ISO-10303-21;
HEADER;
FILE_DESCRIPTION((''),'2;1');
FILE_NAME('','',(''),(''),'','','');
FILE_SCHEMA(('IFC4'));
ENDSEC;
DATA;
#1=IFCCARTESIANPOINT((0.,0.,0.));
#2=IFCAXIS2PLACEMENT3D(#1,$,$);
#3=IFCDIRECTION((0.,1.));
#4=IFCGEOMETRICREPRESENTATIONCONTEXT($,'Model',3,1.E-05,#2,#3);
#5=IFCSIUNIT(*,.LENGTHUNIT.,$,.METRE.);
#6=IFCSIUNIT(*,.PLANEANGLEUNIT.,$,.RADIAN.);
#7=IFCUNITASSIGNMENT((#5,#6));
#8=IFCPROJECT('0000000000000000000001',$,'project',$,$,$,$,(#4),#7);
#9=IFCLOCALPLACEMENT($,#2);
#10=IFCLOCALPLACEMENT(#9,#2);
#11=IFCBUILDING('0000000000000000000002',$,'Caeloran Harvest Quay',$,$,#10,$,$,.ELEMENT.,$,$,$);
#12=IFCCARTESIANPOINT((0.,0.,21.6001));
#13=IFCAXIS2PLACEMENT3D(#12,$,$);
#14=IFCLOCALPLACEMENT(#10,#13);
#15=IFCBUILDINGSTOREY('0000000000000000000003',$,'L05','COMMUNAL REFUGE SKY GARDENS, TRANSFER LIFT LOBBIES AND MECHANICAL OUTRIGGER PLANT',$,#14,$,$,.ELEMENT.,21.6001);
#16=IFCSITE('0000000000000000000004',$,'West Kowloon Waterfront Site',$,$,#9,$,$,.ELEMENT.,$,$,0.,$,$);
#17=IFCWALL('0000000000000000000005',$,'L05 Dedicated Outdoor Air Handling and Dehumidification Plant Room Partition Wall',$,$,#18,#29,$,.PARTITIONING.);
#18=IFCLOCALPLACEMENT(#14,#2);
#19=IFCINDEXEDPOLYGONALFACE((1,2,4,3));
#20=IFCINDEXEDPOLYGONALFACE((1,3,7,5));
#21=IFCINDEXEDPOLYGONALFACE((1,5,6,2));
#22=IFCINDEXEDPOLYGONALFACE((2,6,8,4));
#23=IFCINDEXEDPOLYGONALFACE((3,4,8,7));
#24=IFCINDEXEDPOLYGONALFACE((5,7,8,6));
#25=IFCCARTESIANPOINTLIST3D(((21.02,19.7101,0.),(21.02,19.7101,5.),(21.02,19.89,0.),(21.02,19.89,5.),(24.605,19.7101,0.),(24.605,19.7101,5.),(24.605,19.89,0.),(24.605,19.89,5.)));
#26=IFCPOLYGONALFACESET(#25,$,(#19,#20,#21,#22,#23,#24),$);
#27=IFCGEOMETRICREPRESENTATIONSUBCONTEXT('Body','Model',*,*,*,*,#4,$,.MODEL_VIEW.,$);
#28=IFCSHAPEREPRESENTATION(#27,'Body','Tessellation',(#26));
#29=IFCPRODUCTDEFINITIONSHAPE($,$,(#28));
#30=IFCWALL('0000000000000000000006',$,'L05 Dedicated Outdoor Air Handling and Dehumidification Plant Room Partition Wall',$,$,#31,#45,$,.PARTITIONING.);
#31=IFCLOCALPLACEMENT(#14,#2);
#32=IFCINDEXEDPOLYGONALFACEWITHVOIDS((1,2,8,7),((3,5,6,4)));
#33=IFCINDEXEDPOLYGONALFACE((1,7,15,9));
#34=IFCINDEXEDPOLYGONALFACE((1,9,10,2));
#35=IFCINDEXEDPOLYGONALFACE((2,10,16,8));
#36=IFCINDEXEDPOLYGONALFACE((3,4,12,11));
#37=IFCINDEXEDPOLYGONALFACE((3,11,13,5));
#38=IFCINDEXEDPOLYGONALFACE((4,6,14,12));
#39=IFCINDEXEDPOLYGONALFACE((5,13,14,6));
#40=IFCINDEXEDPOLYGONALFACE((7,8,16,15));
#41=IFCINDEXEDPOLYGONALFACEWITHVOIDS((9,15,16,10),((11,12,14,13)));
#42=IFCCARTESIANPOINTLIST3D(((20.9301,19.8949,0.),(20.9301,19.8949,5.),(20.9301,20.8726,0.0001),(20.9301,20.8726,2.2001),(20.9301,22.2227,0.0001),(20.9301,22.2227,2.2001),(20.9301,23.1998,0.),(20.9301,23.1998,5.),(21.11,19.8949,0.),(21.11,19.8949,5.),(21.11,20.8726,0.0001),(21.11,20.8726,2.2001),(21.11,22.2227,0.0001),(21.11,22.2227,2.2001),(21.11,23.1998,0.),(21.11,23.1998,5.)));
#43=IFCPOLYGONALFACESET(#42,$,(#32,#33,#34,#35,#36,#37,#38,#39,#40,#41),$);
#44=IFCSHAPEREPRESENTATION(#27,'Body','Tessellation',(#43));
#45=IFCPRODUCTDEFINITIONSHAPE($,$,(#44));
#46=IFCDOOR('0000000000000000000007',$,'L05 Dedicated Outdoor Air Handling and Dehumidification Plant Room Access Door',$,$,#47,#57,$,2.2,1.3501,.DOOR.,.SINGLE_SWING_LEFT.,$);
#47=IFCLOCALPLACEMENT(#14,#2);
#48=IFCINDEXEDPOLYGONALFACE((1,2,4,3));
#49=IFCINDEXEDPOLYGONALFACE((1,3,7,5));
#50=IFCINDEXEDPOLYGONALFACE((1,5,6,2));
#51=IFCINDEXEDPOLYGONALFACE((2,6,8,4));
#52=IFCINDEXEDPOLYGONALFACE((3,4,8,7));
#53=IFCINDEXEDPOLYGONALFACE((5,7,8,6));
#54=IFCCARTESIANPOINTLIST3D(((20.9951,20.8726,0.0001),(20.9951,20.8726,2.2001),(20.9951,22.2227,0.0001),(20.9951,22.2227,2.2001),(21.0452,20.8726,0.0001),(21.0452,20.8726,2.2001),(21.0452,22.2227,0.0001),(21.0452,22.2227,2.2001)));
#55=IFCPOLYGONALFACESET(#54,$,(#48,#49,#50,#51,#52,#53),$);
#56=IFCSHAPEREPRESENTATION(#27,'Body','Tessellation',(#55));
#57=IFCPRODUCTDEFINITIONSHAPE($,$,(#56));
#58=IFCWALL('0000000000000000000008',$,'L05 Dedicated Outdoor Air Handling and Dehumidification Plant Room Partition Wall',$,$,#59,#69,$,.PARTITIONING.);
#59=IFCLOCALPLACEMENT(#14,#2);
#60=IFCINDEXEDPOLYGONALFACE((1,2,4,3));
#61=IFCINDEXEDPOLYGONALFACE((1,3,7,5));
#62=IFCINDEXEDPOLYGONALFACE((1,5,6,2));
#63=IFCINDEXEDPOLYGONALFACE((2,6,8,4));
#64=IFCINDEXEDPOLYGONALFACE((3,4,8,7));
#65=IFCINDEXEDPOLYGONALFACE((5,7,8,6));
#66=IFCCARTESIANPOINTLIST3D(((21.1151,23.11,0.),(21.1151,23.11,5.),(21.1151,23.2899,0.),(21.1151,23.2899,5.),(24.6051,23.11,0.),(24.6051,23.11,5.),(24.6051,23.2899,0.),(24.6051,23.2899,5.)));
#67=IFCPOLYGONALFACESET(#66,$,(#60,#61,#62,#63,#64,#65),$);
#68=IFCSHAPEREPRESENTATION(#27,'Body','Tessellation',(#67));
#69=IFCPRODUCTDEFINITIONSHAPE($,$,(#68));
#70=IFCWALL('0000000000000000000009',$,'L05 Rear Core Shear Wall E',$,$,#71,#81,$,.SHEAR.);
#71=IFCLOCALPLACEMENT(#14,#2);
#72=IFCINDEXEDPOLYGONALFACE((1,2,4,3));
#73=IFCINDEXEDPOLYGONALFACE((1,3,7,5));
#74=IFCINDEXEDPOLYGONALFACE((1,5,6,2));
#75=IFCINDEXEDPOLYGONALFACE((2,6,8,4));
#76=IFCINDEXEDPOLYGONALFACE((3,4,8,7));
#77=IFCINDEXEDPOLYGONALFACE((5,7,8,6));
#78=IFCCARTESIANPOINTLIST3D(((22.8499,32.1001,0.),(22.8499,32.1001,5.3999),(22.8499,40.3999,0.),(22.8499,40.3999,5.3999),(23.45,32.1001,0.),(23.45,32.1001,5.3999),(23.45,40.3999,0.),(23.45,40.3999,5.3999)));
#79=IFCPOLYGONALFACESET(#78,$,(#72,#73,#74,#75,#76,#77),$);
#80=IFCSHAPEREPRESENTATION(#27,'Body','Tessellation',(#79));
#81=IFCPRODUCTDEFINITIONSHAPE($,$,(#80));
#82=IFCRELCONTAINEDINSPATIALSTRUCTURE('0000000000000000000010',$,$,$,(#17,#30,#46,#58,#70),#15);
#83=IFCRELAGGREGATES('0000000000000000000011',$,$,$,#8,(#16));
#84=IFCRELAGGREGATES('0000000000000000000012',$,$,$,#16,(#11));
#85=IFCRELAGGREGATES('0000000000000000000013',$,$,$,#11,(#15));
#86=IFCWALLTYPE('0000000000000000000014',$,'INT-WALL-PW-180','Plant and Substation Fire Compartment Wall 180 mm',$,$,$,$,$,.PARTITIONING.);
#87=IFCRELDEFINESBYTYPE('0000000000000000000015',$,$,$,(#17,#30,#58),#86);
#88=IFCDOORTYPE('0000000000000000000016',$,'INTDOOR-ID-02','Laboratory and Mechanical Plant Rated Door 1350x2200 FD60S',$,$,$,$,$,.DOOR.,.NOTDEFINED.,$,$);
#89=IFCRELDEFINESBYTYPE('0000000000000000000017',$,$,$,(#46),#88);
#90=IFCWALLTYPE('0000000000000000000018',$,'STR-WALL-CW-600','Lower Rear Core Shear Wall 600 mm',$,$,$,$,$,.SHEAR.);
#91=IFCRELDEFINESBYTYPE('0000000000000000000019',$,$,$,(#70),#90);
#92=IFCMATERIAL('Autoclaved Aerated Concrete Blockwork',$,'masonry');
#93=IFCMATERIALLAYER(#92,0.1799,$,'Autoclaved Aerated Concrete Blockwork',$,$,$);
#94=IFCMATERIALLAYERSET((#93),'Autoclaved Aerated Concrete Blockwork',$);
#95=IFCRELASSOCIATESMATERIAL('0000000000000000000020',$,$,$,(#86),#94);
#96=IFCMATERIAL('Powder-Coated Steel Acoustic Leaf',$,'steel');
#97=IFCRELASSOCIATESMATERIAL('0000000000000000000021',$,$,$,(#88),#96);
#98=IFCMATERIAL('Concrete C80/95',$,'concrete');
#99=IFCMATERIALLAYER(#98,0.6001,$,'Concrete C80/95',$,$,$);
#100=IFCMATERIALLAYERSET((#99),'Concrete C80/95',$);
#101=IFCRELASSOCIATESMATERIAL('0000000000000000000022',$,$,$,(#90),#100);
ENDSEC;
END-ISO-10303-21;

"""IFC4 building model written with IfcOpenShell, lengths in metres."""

from ifc_helpers import new_model, si_unit, direction, frame, frame_2d, origin, place, context, subcontext, project, spatial, rectangle, extrude, material, layer, layer_set, type_object, element, fill, save


model = new_model("IFC4")

# Units and contexts
model_context = context("Model", 3, precision=1e-05, world=origin(), true_north=direction((0.0, 1.0)))
body_context = subcontext(model_context, "Body", "Model", "MODEL_VIEW")
ifc_project = project(units=[si_unit("LENGTHUNIT", "METRE"), si_unit("PLANEANGLEUNIT", "RADIAN")], contexts=[model_context])

# Site, building, storey
site_placement = place(None, origin())
site = spatial("IfcSite", under=ifc_project, at=site_placement, Name="West Kowloon Waterfront Site", CompositionType="ELEMENT", RefElevation=0.0)
building_placement = place(site_placement, origin())
building = spatial("IfcBuilding", under=site, at=building_placement, Name="Caeloran Harvest Quay", CompositionType="ELEMENT")
storey_placement = place(building_placement, frame((0.0, 0.0, 21.6001)))
storey = spatial("IfcBuildingStorey", under=building, at=storey_placement, Name="L05", Description="COMMUNAL REFUGE SKY GARDENS, TRANSFER LIFT LOBBIES AND MECHANICAL OUTRIGGER PLANT", CompositionType="ELEMENT", Elevation=21.6001)

# Wall
ifc_material_1 = material(Name="Autoclaved Aerated Concrete Blockwork", Category="masonry")
ifc_layer_1 = layer(ifc_material_1, 0.1799, Name="Autoclaved Aerated Concrete Blockwork")
ifc_layer_set_1 = layer_set([ifc_layer_1], Name="Autoclaved Aerated Concrete Blockwork")
wall_type_1 = type_object("IfcWallType", Name="INT-WALL-PW-180", Description="Plant and Substation Fire Compartment Wall 180 mm", PredefinedType="PARTITIONING", material=ifc_layer_set_1)
wall_1_placement = place(storey_placement, frame((24.605, 19.8, 0.0), z_axis=(0.0, 0.0, 1.0), x_axis=(-1.0, 0.0, 0.0)))
element("IfcWall", 1, at=wall_1_placement, inside=storey, type_object=wall_type_1, Name="L05 Dedicated Outdoor Air Handling and Dehumidification Plant Room Partition Wall", PredefinedType="PARTITIONING", context=body_context, shape_type="SweptSolid", body=[
    extrude(rectangle(XDim=3.585, YDim=0.1799, at=frame_2d((1.7925, 0.0))), origin(), (0.0, 0.0, 1.0), 5.0),
])

# Wall, opening, door
wall_2_placement = place(storey_placement, frame((21.02, 19.895, 0.0), z_axis=(0.0, 0.0, 1.0), x_axis=(0.0, 1.0, 0.0)))
wall_2 = element("IfcWall", 2, at=wall_2_placement, inside=storey, type_object=wall_type_1, Name="L05 Dedicated Outdoor Air Handling and Dehumidification Plant Room Partition Wall", PredefinedType="PARTITIONING", context=body_context, shape_type="SweptSolid", body=[
    extrude(rectangle(XDim=3.3049, YDim=0.1799, at=frame_2d((1.6523, 0.0))), origin(), (0.0, 0.0, 1.0), 5.0),
])
opening_placement = place(wall_2_placement, frame((0.9775, 0.0, 0.0)))
opening = element("IfcOpeningElement", 3, at=opening_placement, cuts=wall_2, PredefinedType="OPENING", context=body_context, shape_type="SweptSolid", body=[
    extrude(rectangle(XDim=1.3501, YDim=2.2, at=frame_2d((0.675, 1.1001))), frame((0.0, 0.1001, 0.0), z_axis=(0.0, -1.0, 0.0), x_axis=(1.0, 0.0, 0.0)), (0.0, 0.0, 1.0), 0.2),
])
ifc_material_2 = material(Name="Powder-Coated Steel Acoustic Leaf", Category="steel")
door_type = type_object("IfcDoorType", Name="INTDOOR-ID-02", Description="Laboratory and Mechanical Plant Rated Door 1350x2200 FD60S", OperationType="NOTDEFINED", PredefinedType="DOOR", material=ifc_material_2)
door_placement = place(opening_placement, origin())
door = element("IfcDoor", 4, at=door_placement, inside=storey, type_object=door_type, Name="L05 Dedicated Outdoor Air Handling and Dehumidification Plant Room Access Door", OperationType="SINGLE_SWING_LEFT", OverallHeight=2.2, OverallWidth=1.3501, PredefinedType="DOOR", context=body_context, shape_type="SweptSolid", body=[
    extrude(rectangle(XDim=1.3501, YDim=2.2, at=frame_2d((0.675, 1.1001))), frame((0.0, 0.0249, 0.0), z_axis=(0.0, -1.0, 0.0), x_axis=(1.0, 0.0, 0.0)), (0.0, 0.0, 1.0), 0.05),
])
fill(opening, door)

# Walls
wall_3_placement = place(storey_placement, frame((21.115, 23.2, 0.0), z_axis=(0.0, 0.0, 1.0), x_axis=(1.0, 0.0, 0.0)))
element("IfcWall", 5, at=wall_3_placement, inside=storey, type_object=wall_type_1, Name="L05 Dedicated Outdoor Air Handling and Dehumidification Plant Room Partition Wall", PredefinedType="PARTITIONING", context=body_context, shape_type="SweptSolid", body=[
    extrude(rectangle(XDim=3.49, YDim=0.1799, at=frame_2d((1.7451, 0.0))), origin(), (0.0, 0.0, 1.0), 5.0),
])
ifc_material_3 = material(Name="Concrete C80/95", Category="concrete")
ifc_layer_2 = layer(ifc_material_3, 0.6001, Name="Concrete C80/95")
ifc_layer_set_2 = layer_set([ifc_layer_2], Name="Concrete C80/95")
wall_type_2 = type_object("IfcWallType", Name="STR-WALL-CW-600", Description="Lower Rear Core Shear Wall 600 mm", PredefinedType="SHEAR", material=ifc_layer_set_2)
wall_4_placement = place(storey_placement, frame((23.1499, 32.1001, 0.0), z_axis=(0.0, 0.0, 1.0), x_axis=(0.0, 1.0, 0.0)))
element("IfcWall", 6, at=wall_4_placement, inside=storey, type_object=wall_type_2, Name="L05 Rear Core Shear Wall E", PredefinedType="SHEAR", context=body_context, shape_type="SweptSolid", body=[
    extrude(rectangle(XDim=8.2998, YDim=0.6001, at=frame_2d((4.1499, 0.0))), origin(), (0.0, 0.0, 1.0), 5.3999),
])

save(model, "model.ifc")
